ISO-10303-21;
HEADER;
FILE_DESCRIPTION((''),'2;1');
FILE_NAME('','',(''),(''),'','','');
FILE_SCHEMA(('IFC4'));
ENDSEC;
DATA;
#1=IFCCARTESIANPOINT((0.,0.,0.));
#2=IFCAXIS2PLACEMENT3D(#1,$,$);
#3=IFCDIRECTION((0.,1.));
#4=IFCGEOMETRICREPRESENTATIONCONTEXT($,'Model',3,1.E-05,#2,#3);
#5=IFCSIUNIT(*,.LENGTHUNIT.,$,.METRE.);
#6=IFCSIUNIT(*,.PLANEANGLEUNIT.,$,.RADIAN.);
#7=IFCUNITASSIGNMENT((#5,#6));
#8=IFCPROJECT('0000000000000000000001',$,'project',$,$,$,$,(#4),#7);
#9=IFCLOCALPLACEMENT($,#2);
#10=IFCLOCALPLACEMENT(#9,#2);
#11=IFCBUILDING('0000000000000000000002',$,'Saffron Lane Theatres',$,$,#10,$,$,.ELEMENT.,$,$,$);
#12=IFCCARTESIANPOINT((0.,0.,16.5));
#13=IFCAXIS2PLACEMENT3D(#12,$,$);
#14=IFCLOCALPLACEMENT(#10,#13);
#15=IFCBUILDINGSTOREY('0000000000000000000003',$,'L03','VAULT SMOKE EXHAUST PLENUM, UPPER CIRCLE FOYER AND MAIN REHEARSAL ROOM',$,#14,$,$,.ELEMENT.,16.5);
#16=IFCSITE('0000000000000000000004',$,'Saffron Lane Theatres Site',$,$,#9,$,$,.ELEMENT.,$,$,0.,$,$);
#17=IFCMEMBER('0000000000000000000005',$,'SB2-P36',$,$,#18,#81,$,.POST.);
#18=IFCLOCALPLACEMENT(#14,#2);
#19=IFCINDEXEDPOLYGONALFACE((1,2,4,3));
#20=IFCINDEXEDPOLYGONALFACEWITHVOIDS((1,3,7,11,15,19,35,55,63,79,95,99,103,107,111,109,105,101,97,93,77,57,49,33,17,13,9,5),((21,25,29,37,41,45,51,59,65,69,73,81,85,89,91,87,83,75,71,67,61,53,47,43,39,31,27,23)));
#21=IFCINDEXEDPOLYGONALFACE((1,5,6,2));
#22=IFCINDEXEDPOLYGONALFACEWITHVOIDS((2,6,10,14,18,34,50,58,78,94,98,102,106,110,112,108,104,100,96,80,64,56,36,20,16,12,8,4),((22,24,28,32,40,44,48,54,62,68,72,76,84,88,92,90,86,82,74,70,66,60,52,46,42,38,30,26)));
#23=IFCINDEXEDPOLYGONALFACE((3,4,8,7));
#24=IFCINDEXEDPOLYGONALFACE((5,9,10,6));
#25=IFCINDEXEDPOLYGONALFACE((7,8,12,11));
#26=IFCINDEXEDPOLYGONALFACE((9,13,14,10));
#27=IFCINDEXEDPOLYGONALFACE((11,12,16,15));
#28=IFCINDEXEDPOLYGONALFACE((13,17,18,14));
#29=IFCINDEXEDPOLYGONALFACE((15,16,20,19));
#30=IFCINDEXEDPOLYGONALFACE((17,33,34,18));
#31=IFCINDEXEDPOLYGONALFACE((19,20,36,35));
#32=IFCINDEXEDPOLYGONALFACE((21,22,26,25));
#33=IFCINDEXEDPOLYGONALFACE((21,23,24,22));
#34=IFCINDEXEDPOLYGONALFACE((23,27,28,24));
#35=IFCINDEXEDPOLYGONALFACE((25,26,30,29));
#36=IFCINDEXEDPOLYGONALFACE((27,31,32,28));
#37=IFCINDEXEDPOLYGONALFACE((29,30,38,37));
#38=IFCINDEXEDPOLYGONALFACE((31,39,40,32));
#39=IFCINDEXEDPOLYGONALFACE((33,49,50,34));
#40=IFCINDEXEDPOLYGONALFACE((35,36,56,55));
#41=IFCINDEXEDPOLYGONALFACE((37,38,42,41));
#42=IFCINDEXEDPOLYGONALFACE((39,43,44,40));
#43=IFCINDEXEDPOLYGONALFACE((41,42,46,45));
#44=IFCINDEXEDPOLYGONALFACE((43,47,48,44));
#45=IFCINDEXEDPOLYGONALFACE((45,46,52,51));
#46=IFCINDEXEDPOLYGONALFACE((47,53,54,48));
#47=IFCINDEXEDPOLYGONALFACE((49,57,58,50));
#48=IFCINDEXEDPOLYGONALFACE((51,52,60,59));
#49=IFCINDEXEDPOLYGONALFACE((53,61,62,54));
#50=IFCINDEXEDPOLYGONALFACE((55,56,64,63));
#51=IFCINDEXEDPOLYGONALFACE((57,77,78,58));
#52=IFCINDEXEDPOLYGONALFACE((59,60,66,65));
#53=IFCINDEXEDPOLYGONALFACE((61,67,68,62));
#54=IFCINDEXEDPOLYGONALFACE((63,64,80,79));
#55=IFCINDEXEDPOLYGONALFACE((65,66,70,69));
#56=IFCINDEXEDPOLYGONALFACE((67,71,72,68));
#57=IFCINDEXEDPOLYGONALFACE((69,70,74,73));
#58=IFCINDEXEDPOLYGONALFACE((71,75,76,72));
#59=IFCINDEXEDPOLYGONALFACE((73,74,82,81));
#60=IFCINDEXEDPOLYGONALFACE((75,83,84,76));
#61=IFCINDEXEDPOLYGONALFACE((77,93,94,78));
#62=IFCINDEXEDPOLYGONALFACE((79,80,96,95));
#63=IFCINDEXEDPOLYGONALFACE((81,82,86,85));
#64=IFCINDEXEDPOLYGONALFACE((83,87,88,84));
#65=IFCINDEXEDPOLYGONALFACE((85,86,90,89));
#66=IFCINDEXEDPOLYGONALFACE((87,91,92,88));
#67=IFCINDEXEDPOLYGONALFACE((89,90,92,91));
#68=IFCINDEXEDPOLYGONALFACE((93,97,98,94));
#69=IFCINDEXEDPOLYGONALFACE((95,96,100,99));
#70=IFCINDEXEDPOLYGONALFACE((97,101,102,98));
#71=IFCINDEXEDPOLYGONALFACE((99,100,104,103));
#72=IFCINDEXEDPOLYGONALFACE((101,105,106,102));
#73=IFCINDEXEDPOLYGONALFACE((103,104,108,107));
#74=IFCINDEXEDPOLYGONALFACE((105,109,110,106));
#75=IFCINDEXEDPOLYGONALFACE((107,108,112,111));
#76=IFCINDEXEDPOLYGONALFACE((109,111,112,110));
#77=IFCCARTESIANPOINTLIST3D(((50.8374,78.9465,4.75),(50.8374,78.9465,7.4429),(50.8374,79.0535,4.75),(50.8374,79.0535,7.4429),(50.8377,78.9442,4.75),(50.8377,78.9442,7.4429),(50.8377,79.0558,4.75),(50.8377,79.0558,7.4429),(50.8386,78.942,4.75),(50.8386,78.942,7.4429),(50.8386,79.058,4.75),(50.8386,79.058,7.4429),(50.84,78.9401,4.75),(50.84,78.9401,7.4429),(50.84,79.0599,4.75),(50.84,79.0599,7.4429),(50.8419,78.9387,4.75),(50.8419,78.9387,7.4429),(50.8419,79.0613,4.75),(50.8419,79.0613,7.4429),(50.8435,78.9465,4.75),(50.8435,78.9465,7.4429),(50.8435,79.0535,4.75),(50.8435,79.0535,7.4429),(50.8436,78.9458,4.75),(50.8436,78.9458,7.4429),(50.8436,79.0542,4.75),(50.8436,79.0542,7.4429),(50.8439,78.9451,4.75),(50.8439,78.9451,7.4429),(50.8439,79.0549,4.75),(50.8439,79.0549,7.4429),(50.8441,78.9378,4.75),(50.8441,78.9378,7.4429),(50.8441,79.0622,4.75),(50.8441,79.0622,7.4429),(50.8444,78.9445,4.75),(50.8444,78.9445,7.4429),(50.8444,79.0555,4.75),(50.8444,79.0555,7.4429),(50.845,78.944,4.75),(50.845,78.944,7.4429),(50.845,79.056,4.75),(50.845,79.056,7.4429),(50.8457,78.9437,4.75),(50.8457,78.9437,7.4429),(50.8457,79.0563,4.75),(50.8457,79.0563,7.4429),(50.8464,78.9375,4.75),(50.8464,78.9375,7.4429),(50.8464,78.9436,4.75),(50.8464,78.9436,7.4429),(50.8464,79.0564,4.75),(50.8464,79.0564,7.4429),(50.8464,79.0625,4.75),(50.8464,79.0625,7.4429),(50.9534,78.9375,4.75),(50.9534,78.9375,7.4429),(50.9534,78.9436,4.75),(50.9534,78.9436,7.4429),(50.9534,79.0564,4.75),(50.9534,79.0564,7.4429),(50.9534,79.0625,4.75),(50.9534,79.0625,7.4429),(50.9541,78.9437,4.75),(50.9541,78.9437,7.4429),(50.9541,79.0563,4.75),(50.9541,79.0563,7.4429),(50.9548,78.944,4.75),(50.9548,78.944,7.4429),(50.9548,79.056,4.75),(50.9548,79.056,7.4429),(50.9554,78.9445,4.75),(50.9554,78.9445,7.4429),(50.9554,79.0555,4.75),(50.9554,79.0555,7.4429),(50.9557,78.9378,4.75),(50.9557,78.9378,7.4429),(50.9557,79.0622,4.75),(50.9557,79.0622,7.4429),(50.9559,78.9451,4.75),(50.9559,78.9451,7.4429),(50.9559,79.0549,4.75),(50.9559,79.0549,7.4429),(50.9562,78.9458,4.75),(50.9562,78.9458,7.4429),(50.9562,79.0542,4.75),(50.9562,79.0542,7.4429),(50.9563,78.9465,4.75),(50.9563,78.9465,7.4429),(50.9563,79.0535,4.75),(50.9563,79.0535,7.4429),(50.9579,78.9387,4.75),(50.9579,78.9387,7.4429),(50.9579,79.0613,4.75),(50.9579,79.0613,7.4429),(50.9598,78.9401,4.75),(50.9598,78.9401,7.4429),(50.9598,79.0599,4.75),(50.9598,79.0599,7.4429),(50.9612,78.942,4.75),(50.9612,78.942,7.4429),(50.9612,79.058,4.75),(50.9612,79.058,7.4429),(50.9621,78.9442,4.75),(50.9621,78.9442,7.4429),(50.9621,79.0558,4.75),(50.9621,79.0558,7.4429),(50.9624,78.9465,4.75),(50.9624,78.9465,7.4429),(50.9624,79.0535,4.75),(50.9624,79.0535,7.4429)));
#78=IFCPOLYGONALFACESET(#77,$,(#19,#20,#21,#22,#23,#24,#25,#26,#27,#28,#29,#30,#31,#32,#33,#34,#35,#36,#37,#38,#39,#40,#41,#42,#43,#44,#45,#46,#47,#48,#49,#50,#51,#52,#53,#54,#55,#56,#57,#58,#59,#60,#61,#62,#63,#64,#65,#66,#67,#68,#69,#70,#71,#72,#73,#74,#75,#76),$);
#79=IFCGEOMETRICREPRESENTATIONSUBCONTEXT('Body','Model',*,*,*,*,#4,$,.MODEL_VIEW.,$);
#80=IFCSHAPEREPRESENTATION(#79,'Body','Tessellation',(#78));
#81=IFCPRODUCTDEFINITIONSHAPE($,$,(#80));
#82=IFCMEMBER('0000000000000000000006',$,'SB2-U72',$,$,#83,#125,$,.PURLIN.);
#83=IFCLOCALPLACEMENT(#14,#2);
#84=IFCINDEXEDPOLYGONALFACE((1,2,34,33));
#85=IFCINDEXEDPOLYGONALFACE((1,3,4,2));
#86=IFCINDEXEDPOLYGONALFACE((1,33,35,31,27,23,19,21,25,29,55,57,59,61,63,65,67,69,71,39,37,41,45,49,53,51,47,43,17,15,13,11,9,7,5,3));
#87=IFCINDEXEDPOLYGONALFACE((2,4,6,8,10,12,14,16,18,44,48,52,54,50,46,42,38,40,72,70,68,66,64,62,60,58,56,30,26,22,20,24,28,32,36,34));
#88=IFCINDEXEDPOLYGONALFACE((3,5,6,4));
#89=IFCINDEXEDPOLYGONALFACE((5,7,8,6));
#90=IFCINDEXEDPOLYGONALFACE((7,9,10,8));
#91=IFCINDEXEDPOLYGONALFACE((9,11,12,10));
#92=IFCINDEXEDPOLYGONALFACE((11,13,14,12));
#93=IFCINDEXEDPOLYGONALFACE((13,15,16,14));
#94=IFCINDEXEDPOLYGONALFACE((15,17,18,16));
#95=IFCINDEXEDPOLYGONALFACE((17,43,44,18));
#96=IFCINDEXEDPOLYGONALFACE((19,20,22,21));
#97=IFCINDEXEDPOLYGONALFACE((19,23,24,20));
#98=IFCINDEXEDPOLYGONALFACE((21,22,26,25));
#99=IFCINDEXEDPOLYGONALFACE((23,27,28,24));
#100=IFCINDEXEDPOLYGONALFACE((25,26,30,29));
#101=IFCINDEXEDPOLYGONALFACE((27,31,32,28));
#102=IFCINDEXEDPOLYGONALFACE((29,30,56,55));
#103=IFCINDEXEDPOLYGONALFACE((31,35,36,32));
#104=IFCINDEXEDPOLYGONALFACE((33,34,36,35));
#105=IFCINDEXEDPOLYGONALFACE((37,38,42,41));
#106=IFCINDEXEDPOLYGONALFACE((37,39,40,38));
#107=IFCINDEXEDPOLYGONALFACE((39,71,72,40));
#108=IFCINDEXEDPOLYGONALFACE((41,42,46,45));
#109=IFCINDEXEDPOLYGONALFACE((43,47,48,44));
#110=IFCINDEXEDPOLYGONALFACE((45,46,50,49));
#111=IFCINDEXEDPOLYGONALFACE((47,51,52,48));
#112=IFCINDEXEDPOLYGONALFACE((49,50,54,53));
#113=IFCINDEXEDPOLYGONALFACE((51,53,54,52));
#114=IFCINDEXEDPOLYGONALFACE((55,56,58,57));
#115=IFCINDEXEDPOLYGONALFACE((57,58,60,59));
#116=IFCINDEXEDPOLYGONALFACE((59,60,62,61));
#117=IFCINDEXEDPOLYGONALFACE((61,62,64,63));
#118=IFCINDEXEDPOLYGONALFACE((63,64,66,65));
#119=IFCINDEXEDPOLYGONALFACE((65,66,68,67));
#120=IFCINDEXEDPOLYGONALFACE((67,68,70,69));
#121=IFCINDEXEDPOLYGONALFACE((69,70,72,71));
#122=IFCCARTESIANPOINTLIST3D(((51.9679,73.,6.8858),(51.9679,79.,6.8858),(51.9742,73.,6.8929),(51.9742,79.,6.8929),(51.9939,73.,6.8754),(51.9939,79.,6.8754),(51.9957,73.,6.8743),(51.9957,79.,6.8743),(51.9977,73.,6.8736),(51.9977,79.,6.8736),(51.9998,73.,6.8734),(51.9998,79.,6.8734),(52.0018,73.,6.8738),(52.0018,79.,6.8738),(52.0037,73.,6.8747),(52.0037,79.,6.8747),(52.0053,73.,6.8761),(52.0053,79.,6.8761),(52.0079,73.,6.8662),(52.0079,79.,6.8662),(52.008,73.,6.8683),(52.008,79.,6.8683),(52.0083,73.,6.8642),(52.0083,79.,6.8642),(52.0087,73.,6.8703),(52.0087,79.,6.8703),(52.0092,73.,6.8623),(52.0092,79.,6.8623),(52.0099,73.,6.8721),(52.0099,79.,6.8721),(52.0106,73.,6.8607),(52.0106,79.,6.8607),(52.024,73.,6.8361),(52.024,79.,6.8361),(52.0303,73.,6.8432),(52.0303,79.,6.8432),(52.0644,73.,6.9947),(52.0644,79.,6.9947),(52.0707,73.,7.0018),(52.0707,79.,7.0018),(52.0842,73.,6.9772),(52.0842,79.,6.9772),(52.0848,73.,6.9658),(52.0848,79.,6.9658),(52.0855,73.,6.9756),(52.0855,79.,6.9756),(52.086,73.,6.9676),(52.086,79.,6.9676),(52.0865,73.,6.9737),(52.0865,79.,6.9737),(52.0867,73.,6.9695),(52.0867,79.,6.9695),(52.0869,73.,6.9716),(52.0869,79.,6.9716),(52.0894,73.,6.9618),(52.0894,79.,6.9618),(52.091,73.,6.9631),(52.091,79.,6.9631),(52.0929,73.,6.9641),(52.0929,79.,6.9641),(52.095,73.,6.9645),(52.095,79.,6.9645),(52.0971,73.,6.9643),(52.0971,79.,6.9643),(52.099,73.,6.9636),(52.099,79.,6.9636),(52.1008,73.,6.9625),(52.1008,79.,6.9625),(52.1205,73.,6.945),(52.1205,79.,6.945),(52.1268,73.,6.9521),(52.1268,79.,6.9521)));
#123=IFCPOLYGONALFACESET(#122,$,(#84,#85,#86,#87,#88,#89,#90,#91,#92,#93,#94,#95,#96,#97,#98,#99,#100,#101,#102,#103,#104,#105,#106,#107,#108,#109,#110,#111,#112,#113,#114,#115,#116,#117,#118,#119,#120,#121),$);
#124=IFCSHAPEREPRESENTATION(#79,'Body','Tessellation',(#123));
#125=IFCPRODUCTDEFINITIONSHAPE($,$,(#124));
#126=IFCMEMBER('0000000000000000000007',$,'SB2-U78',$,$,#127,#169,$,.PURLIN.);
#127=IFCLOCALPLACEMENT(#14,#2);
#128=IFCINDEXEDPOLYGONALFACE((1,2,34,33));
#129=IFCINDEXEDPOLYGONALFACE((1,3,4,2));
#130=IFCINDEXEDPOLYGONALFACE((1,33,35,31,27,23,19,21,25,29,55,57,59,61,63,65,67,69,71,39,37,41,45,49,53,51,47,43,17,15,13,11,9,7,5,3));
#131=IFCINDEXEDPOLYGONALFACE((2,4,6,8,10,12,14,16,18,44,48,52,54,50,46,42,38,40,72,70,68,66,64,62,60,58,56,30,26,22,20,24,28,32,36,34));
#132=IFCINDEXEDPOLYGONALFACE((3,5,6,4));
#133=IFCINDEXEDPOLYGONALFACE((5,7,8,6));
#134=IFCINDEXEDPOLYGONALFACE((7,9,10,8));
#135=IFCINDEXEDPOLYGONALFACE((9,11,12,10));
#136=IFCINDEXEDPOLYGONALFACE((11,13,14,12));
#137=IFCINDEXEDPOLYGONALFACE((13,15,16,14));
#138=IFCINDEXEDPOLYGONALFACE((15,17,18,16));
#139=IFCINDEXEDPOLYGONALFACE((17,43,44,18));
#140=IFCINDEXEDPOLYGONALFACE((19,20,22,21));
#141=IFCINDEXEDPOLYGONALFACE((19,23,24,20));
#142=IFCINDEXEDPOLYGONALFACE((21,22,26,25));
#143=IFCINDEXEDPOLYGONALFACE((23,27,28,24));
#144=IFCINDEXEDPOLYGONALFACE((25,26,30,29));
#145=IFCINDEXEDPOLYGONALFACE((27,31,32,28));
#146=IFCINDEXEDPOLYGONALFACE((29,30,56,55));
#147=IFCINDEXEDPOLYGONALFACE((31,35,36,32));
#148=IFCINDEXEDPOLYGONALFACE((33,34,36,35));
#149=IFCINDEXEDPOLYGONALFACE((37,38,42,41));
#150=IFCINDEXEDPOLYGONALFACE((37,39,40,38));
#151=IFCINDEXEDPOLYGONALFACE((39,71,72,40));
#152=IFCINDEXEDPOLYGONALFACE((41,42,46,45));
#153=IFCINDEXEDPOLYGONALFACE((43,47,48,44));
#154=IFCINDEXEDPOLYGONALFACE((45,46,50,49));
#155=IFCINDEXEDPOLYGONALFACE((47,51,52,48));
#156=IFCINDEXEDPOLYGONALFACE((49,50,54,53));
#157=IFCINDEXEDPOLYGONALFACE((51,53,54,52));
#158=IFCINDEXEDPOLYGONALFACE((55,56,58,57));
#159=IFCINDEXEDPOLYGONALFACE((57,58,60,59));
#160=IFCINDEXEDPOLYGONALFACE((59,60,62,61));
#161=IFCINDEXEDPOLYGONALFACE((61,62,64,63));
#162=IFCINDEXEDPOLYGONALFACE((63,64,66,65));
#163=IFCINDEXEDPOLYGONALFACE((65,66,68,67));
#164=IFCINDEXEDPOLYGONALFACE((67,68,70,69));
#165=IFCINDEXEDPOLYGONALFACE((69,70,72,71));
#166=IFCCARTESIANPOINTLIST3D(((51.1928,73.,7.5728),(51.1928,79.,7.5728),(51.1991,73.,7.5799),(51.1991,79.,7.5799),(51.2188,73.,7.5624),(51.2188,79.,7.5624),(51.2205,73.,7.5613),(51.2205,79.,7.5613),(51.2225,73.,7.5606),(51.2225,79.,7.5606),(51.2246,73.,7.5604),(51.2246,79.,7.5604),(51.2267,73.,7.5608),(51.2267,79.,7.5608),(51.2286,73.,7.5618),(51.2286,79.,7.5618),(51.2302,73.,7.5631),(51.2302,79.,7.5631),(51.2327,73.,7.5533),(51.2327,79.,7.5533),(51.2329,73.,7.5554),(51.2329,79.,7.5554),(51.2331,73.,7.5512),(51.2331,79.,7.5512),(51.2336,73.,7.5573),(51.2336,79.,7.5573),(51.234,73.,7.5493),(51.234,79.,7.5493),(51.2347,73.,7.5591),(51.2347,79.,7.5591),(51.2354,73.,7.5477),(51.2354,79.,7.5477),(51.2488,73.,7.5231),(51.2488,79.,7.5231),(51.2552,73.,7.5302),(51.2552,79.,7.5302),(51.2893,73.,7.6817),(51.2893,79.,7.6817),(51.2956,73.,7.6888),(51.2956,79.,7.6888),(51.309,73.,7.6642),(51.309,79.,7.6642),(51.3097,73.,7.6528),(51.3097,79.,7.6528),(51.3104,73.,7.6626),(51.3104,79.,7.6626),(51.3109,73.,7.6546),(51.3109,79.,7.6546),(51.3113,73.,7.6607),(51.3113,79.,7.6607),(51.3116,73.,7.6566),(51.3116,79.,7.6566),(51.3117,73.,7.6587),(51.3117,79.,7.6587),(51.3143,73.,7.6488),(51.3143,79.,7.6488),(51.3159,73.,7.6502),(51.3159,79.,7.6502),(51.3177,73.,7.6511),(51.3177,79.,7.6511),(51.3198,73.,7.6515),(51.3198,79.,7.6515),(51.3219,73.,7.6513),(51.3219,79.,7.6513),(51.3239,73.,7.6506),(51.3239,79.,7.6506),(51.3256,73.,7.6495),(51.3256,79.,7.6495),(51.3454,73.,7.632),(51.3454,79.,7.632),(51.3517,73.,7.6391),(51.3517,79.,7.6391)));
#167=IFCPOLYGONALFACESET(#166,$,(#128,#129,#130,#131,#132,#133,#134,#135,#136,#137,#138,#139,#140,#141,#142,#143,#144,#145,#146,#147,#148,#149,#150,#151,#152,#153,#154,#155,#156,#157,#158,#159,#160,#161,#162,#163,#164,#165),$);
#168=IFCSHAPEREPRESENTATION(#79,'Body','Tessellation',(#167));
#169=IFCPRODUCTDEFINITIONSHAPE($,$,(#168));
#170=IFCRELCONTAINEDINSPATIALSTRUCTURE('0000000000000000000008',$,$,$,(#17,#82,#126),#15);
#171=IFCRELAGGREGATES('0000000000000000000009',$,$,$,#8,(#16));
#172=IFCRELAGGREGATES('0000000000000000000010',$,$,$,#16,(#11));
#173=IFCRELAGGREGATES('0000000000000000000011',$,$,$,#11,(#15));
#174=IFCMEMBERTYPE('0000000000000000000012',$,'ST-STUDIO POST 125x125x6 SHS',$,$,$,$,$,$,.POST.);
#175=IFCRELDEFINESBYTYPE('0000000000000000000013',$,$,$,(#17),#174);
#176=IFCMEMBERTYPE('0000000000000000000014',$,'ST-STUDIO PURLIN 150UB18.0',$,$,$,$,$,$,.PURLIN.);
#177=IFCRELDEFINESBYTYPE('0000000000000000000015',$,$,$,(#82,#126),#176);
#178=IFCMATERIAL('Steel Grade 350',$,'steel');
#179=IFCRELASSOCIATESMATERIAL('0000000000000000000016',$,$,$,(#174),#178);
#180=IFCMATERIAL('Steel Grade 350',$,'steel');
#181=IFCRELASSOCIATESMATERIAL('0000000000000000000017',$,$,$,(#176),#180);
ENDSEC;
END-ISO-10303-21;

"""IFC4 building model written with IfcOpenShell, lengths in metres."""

from ifc_helpers import new_model, si_unit, direction, frame, origin, origin_2d, place, context, subcontext, project, spatial, hollow_rectangle, i_section, extrude, material, material_profile, profile_set, type_object, element, save


model = new_model("IFC4")

# Units and contexts
model_context = context("Model", 3, precision=1e-05, world=origin(), true_north=direction((0.0, 1.0)))
body_context = subcontext(model_context, "Body", "Model", "MODEL_VIEW")
ifc_project = project(units=[si_unit("LENGTHUNIT", "METRE"), si_unit("PLANEANGLEUNIT", "RADIAN")], contexts=[model_context])

# Site, building, storey
site_placement = place(None, origin())
site = spatial("IfcSite", under=ifc_project, at=site_placement, Name="Saffron Lane Theatres Site", CompositionType="ELEMENT", RefElevation=0.0)
building_placement = place(site_placement, origin())
building = spatial("IfcBuilding", under=site, at=building_placement, Name="Saffron Lane Theatres", CompositionType="ELEMENT")
storey_placement = place(building_placement, frame((0.0, 0.0, 16.5)))
storey = spatial("IfcBuildingStorey", under=building, at=storey_placement, Name="L03", Description="VAULT SMOKE EXHAUST PLENUM, UPPER CIRCLE FOYER AND MAIN REHEARSAL ROOM", CompositionType="ELEMENT", Elevation=16.5)

# Members
ifc_material_1 = material(Name="Steel Grade 350", Category="steel")
ifc_material_profile_1 = material_profile(ifc_material_1, hollow_rectangle(XDim=0.125, YDim=0.125, WallThickness=0.0061, InnerFilletRadius=0.0029, OuterFilletRadius=0.009, at=origin_2d()))
ifc_profile_set_1 = profile_set([ifc_material_profile_1], Name="Steel Grade 350")
member_type_1 = type_object("IfcMemberType", Name="ST-STUDIO POST 125x125x6 SHS", PredefinedType="POST", material=ifc_profile_set_1)
for number, where, z_axis, x_axis, name in (
    (1, (50.8999, 79.0, 4.75), (0.0, 0.0, 1.0), (1.0, 0.0, 0.0), "SB2-P36"),
):
    element("IfcMember", number, at=place(storey_placement, frame(where, z_axis=z_axis, x_axis=x_axis)), inside=storey, type_object=member_type_1, Name=name, PredefinedType="POST", context=body_context, shape_type="SweptSolid", body=[
        extrude(hollow_rectangle(XDim=0.125, YDim=0.125, WallThickness=0.0061, InnerFilletRadius=0.0029, OuterFilletRadius=0.009, at=origin_2d()), origin(), (0.0, 0.0, 1.0), 2.6929),
    ])
ifc_material_2 = material(Name="Steel Grade 350", Category="steel")
ifc_material_profile_2 = material_profile(ifc_material_2, i_section(OverallWidth=0.075, OverallDepth=0.155, WebThickness=0.0061, FlangeThickness=0.0095, FilletRadius=0.0081, at=origin_2d()))
ifc_profile_set_2 = profile_set([ifc_material_profile_2], Name="Steel Grade 350")
member_type_2 = type_object("IfcMemberType", Name="ST-STUDIO PURLIN 150UB18.0", PredefinedType="PURLIN", material=ifc_profile_set_2)
for number, where, z_axis, x_axis, name in (
    (2, (52.0474, 73.0, 6.9189), (0.0, 1.0, 0.0), (-0.748269, 0.0, 0.663396), "SB2-U72"),
    (3, (51.2722, 73.0, 7.606), (0.0, 1.0, 0.0), (-0.748269, 0.0, 0.663396), "SB2-U78"),
):
    element("IfcMember", number, at=place(storey_placement, frame(where, z_axis=z_axis, x_axis=x_axis)), inside=storey, type_object=member_type_2, Name=name, PredefinedType="PURLIN", context=body_context, shape_type="SweptSolid", body=[
        extrude(i_section(OverallWidth=0.075, OverallDepth=0.155, WebThickness=0.0061, FlangeThickness=0.0095, FilletRadius=0.0081, at=origin_2d()), origin(), (0.0, 0.0, 1.0), 6.0),
    ])

save(model, "model.ifc")
